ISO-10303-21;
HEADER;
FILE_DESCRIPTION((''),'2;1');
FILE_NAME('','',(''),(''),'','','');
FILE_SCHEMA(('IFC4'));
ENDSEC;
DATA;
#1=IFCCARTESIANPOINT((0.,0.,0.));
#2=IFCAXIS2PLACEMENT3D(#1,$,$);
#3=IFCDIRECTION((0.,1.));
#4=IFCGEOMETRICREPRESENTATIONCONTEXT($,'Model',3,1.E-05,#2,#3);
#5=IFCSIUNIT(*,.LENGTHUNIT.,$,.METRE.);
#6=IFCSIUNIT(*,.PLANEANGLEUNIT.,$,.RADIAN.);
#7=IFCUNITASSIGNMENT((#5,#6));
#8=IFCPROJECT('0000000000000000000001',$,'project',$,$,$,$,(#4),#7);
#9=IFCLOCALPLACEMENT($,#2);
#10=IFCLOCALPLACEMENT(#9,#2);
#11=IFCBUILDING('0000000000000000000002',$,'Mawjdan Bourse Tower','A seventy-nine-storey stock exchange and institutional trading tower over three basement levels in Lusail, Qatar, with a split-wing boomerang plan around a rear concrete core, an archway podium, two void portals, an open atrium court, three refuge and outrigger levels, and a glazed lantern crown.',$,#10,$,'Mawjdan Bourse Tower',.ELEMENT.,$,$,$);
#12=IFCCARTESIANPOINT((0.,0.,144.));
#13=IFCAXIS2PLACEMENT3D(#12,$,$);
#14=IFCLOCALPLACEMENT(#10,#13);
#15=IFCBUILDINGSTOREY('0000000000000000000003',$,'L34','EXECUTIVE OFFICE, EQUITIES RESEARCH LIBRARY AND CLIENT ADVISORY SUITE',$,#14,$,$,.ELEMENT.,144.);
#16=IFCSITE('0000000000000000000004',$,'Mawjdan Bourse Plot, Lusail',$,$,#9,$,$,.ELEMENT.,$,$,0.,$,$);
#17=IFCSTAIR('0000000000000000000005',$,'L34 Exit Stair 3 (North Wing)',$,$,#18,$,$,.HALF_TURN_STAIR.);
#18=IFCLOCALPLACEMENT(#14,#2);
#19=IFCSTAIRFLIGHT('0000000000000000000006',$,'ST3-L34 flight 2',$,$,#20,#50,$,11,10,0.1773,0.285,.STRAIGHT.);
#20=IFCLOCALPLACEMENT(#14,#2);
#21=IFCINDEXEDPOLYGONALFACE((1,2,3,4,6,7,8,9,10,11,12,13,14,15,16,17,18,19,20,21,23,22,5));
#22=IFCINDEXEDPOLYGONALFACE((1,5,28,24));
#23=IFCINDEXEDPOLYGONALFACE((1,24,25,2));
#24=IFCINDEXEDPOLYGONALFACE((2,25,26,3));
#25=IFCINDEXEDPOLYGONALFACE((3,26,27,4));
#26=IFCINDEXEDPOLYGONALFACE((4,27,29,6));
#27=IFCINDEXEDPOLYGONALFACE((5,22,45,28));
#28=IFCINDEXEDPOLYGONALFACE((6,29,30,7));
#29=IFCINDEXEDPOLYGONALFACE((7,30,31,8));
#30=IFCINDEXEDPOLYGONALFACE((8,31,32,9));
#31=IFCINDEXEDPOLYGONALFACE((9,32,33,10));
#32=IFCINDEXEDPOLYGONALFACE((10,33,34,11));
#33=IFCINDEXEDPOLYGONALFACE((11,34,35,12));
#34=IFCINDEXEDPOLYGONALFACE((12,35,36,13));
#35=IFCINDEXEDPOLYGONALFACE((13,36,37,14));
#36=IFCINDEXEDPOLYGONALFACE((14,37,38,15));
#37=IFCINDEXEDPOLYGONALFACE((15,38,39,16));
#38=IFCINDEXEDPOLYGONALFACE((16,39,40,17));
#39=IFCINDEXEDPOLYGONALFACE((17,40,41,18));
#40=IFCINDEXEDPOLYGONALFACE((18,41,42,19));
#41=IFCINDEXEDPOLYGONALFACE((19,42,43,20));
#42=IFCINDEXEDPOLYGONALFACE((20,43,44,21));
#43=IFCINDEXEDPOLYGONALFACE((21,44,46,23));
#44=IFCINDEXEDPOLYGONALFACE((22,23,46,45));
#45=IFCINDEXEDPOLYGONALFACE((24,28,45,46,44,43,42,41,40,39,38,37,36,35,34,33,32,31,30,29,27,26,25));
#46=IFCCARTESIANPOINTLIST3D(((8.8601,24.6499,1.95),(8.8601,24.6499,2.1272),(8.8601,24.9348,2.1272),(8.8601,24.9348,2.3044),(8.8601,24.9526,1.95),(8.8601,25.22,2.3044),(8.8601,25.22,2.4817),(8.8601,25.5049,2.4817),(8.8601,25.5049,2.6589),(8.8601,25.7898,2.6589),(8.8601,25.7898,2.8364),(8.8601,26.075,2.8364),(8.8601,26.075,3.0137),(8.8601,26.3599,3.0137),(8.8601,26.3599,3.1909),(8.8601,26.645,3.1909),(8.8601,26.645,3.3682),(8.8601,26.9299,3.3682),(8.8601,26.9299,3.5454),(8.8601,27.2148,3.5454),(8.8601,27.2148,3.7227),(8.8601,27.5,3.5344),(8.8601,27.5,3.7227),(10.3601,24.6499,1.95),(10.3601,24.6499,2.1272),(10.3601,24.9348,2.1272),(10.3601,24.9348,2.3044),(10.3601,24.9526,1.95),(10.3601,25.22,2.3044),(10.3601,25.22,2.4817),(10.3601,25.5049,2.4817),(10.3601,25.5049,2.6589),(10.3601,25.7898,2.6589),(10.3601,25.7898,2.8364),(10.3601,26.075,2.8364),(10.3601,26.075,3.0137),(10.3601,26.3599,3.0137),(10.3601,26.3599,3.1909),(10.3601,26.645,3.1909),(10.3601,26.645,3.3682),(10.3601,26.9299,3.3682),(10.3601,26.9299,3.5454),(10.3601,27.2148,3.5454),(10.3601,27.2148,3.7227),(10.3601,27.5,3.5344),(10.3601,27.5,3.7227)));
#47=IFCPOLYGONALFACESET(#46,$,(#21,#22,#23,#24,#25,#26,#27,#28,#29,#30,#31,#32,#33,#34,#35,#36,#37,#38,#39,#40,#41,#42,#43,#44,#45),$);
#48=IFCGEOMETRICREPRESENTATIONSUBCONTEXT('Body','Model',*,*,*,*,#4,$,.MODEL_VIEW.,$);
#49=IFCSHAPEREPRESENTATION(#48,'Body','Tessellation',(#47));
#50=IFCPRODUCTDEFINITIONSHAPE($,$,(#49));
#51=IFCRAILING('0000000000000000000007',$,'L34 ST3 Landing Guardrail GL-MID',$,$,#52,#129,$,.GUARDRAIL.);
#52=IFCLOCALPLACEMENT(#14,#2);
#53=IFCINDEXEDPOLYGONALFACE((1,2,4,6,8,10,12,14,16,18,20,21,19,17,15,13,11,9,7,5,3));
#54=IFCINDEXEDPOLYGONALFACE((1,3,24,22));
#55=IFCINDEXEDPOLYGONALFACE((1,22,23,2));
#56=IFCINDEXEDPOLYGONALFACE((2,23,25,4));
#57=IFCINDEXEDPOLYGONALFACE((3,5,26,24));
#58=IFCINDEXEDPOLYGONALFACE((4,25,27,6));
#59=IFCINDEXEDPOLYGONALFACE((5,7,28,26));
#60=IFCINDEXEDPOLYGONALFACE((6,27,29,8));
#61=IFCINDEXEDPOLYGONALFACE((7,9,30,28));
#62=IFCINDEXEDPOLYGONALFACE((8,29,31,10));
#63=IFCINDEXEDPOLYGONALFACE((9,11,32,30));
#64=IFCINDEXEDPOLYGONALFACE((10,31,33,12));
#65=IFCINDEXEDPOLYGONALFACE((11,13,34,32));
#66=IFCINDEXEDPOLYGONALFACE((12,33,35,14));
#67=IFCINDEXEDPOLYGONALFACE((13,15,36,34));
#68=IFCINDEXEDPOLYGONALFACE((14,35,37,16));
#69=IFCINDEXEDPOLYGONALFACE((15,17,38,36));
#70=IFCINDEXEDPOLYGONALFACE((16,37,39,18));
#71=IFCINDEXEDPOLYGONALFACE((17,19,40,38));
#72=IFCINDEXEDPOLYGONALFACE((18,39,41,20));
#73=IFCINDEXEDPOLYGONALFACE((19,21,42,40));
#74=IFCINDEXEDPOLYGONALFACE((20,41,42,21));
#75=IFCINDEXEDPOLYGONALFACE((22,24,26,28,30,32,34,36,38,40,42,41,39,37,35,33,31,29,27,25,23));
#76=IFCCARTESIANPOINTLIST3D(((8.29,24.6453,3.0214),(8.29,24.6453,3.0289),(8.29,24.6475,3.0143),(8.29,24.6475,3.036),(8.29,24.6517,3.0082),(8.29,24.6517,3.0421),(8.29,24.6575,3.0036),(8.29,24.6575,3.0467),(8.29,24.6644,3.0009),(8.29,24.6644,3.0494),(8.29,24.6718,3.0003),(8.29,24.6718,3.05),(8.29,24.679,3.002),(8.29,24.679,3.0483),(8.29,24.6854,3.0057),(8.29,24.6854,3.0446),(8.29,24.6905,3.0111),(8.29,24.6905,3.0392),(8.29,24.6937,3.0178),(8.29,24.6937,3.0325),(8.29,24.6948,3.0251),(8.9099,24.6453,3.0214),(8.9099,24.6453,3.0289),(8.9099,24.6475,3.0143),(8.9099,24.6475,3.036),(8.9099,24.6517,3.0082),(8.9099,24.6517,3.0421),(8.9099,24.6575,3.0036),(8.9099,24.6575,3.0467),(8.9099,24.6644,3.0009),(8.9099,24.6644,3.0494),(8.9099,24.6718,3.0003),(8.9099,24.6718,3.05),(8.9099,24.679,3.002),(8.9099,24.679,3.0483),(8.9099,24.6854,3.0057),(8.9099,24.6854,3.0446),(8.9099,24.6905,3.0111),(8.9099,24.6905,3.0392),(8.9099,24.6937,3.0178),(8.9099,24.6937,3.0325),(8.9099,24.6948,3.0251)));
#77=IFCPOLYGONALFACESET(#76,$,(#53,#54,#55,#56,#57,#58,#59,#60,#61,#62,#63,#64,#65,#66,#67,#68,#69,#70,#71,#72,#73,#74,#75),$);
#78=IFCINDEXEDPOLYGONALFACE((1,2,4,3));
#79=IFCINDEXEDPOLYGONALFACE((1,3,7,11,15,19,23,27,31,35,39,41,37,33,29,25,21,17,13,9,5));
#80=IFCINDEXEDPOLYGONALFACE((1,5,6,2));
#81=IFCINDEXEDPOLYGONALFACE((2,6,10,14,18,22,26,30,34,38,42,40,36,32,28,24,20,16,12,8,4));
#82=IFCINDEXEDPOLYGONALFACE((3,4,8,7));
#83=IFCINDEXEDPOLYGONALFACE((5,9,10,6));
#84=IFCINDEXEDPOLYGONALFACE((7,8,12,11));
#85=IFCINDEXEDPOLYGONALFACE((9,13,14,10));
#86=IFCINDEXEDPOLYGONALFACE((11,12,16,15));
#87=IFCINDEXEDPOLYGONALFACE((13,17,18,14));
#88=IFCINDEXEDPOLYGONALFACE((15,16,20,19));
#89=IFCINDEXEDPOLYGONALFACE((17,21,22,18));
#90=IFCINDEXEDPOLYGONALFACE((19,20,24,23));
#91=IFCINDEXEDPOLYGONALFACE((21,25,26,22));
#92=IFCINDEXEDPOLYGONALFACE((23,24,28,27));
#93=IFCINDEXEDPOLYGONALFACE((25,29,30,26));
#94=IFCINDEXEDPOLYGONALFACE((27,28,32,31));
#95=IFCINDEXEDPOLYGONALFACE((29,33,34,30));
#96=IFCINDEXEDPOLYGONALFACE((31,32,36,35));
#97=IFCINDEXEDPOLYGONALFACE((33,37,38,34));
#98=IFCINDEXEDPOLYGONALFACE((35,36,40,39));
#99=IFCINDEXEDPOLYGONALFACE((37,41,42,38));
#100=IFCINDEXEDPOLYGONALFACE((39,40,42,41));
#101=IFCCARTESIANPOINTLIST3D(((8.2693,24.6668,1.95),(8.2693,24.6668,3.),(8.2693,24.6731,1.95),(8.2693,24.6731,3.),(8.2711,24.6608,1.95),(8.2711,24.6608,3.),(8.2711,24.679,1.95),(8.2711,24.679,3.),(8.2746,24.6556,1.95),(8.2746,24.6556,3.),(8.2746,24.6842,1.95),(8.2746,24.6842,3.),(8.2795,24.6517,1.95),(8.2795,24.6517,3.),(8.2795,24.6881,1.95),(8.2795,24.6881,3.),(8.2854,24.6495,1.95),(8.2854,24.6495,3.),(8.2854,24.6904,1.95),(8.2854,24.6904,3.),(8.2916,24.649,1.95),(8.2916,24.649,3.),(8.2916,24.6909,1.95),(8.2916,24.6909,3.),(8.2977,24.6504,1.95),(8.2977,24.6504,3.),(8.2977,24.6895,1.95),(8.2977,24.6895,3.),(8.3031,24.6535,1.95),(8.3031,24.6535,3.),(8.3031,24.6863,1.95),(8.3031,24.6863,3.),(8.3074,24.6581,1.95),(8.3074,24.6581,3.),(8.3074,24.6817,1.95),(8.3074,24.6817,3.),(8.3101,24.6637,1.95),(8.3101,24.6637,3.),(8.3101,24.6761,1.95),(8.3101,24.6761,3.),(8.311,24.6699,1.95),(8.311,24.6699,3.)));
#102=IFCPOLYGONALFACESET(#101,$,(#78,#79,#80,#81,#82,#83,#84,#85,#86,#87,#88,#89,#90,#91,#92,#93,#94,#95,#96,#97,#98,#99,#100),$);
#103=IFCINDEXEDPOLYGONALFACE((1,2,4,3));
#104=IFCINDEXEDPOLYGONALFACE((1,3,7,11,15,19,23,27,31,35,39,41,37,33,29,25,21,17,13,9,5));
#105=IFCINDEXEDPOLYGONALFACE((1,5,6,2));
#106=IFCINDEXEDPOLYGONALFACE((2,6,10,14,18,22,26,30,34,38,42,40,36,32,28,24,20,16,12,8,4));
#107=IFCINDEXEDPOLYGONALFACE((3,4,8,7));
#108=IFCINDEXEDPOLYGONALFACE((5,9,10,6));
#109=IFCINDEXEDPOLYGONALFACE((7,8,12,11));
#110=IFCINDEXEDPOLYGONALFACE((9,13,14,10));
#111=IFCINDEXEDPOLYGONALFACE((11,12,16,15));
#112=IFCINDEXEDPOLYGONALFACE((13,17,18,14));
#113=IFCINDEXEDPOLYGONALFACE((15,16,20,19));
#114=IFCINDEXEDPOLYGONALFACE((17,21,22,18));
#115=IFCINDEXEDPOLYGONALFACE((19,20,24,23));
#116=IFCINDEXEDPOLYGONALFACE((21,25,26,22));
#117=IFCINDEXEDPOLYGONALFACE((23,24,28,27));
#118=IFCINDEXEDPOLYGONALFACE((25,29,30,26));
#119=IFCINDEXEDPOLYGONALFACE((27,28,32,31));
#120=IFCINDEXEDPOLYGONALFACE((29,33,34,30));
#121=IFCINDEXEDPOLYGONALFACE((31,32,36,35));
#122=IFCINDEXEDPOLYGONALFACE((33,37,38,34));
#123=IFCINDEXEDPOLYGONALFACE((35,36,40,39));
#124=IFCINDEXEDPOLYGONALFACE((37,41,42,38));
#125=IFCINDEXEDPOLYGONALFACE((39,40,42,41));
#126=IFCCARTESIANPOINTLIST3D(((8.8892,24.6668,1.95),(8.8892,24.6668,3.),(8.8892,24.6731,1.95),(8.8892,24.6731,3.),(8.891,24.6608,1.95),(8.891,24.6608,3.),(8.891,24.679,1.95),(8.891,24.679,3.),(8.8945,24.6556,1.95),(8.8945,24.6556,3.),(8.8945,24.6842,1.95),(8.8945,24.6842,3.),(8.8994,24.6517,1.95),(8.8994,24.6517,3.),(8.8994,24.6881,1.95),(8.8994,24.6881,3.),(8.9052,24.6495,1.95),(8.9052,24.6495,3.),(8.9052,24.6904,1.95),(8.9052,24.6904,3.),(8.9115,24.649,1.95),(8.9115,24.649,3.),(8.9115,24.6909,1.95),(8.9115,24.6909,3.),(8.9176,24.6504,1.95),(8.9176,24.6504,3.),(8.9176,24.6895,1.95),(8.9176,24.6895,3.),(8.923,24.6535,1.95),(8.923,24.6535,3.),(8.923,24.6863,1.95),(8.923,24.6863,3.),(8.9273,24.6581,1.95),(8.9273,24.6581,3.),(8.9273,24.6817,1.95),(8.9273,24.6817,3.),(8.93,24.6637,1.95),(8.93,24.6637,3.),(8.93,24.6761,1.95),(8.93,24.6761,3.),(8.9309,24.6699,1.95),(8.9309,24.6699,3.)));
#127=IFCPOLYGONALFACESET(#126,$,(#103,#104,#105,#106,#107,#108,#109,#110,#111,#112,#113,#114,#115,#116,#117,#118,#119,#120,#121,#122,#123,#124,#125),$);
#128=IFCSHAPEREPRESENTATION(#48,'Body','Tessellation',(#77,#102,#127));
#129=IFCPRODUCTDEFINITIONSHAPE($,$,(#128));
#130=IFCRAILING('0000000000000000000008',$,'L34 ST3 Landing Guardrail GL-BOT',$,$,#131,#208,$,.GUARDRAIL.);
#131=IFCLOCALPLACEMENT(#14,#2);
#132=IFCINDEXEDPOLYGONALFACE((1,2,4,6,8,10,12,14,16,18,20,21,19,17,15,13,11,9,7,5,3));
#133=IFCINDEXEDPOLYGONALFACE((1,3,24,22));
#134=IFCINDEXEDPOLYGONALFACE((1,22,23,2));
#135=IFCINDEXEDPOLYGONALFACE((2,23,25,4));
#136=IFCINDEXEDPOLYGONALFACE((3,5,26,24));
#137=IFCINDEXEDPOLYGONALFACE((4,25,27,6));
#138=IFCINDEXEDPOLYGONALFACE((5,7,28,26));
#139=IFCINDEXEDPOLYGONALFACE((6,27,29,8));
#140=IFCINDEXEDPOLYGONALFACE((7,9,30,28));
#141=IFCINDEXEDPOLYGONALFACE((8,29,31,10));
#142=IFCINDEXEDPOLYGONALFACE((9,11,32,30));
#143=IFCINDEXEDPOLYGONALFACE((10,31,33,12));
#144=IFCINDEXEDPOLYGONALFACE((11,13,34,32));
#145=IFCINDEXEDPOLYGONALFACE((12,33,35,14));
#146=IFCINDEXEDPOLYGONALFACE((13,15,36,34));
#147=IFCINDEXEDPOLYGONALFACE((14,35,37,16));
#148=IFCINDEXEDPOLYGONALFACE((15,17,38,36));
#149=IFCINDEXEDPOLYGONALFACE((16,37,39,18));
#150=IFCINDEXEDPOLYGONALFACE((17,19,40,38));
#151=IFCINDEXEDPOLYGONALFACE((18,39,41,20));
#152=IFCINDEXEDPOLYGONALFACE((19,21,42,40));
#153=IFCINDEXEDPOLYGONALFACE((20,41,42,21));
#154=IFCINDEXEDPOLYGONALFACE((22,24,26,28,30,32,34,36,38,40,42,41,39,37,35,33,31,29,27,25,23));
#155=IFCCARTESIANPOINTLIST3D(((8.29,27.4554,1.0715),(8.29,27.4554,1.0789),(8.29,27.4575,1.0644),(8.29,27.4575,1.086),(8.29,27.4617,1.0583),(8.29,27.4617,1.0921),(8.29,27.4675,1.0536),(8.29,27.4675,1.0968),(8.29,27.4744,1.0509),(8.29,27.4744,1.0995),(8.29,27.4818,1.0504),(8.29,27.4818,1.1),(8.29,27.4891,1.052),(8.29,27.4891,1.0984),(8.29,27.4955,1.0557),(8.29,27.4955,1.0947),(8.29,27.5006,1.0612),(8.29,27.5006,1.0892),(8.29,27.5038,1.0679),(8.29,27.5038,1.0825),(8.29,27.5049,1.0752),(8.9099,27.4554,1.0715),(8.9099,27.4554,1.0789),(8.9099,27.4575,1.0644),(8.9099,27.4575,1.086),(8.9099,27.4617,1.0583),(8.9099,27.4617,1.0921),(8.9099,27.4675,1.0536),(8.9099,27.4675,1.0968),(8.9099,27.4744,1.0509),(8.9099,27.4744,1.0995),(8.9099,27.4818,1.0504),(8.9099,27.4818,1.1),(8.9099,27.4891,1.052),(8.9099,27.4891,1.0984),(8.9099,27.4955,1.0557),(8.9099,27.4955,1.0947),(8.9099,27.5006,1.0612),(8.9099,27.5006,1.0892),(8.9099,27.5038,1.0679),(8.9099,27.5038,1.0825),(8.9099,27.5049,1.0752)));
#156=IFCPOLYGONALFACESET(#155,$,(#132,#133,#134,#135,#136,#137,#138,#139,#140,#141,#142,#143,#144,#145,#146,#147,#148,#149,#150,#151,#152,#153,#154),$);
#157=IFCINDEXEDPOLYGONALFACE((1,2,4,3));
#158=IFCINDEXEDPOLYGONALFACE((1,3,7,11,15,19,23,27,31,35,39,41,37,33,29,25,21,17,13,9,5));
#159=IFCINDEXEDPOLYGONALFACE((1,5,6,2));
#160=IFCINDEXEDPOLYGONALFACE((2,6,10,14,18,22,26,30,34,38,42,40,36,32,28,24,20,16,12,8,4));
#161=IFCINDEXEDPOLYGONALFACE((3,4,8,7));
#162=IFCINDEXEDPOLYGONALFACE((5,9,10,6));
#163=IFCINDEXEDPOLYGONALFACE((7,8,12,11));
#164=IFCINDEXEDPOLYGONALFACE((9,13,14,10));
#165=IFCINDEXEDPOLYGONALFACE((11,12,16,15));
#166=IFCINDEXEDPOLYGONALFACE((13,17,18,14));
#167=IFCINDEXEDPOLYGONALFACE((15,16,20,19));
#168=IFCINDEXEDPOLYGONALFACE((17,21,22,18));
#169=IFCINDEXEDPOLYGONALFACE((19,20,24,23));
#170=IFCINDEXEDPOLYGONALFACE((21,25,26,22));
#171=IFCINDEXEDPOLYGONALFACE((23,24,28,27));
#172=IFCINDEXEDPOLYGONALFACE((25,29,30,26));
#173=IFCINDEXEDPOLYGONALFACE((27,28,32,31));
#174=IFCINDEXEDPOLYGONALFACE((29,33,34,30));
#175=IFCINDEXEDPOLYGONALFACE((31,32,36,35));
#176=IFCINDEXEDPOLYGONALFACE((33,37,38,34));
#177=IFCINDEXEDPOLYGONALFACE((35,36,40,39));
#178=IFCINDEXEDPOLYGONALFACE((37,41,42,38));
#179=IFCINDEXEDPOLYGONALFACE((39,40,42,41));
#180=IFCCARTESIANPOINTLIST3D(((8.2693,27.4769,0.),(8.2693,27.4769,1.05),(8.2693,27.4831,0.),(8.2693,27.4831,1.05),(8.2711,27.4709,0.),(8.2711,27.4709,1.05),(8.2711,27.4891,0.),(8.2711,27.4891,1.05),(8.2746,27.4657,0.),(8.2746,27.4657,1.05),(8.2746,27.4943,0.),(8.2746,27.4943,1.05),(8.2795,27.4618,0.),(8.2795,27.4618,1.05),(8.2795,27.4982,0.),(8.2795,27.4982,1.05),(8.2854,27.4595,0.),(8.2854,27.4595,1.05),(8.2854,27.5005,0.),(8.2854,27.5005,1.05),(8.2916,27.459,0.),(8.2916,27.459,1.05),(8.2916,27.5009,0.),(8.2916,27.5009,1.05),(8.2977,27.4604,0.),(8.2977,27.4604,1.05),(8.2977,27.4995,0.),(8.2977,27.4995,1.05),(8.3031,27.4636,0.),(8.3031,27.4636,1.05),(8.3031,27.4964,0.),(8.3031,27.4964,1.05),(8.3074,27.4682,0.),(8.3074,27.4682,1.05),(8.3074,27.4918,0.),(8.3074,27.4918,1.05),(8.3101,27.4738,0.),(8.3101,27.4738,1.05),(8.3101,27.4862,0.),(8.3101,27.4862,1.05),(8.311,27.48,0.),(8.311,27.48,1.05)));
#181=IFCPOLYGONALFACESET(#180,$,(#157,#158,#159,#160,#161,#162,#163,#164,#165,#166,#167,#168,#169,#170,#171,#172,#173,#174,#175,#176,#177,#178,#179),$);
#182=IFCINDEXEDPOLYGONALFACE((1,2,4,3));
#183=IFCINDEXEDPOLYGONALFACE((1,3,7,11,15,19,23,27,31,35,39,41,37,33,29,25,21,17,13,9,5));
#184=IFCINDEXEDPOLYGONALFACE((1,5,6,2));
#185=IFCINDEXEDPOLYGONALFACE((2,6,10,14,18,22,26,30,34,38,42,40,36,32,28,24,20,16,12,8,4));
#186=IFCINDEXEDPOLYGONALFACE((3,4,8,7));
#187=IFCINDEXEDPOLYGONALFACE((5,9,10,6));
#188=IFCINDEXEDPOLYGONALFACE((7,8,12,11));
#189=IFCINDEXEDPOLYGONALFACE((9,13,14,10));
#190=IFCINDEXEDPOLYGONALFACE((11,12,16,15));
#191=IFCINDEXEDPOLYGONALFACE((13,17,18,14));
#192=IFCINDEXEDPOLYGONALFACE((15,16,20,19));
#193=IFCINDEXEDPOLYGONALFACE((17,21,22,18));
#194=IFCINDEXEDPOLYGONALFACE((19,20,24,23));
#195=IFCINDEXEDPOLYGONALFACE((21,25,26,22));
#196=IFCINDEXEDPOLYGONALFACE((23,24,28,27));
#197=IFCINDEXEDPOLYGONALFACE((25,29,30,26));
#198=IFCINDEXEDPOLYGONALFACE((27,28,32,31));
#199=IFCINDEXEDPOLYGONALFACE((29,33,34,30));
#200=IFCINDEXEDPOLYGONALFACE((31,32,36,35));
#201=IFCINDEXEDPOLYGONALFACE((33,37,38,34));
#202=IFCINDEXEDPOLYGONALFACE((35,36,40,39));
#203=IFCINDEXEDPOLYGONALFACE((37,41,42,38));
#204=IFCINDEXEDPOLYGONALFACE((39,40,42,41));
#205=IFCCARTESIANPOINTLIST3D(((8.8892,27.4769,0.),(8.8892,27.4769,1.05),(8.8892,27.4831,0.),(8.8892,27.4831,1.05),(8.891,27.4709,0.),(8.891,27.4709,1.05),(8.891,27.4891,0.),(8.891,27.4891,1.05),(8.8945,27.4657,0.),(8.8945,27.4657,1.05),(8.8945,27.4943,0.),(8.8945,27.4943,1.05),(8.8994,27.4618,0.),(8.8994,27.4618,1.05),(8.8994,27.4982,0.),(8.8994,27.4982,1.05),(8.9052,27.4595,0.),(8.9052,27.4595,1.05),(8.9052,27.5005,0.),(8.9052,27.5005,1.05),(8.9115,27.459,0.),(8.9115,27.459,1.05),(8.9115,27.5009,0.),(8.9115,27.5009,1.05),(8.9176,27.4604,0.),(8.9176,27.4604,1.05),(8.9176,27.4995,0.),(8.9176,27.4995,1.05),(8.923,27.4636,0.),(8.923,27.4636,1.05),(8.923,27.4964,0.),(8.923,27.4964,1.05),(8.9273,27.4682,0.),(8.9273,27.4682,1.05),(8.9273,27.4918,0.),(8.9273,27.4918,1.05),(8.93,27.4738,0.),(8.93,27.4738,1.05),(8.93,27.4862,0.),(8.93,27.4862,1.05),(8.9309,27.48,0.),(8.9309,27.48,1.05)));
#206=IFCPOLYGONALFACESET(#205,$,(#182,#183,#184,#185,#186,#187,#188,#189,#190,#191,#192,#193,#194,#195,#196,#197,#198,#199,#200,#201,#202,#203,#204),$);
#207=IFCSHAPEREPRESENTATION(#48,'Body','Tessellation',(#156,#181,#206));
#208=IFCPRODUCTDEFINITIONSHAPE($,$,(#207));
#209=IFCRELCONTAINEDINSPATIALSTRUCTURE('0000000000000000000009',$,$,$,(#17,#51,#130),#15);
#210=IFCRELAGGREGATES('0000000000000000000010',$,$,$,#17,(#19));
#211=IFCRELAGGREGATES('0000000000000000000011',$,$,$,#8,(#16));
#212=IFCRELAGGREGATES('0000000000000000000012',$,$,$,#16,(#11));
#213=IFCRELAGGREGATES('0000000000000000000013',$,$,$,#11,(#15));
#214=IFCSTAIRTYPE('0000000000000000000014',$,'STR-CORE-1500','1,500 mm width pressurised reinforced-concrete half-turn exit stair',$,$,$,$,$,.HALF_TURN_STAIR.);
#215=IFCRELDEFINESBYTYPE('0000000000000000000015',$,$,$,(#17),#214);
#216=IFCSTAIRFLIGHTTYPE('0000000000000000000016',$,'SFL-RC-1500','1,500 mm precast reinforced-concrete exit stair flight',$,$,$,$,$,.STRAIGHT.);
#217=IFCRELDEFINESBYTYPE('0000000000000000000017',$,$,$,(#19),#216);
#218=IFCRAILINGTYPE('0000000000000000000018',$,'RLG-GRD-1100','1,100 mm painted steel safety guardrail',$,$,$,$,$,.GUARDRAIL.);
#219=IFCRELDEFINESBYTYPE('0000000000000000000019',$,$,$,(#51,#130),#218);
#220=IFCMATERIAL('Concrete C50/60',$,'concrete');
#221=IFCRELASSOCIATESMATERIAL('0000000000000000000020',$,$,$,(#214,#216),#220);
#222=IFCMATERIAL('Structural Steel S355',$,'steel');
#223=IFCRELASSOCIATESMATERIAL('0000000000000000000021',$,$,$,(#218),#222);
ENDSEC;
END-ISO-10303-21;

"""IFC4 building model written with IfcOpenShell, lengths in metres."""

from ifc_helpers import new_model, si_unit, direction, frame, origin, origin_2d, place, context, subcontext, project, spatial, polyline, circle, outline, extrude, material, type_object, element, aggregate, save


model = new_model("IFC4")

# Units and contexts
model_context = context("Model", 3, precision=1e-05, world=origin(), true_north=direction((0.0, 1.0)))
body_context = subcontext(model_context, "Body", "Model", "MODEL_VIEW")
ifc_project = project(units=[si_unit("LENGTHUNIT", "METRE"), si_unit("PLANEANGLEUNIT", "RADIAN")], contexts=[model_context])

# Site, building, storey
site_placement = place(None, origin())
site = spatial("IfcSite", under=ifc_project, at=site_placement, Name="Mawjdan Bourse Plot, Lusail", CompositionType="ELEMENT", RefElevation=0.0)
building_placement = place(site_placement, origin())
building = spatial("IfcBuilding", under=site, at=building_placement, Name="Mawjdan Bourse Tower", Description="A seventy-nine-storey stock exchange and institutional trading tower over three basement levels in Lusail, Qatar, with a split-wing boomerang plan around a rear concrete core, an archway podium, two void portals, an open atrium court, three refuge and outrigger levels, and a glazed lantern crown.", LongName="Mawjdan Bourse Tower", CompositionType="ELEMENT")
storey_placement = place(building_placement, frame((0.0, 0.0, 144.0)))
storey = spatial("IfcBuildingStorey", under=building, at=storey_placement, Name="L34", Description="EXECUTIVE OFFICE, EQUITIES RESEARCH LIBRARY AND CLIENT ADVISORY SUITE", CompositionType="ELEMENT", Elevation=144.0)

# Shared definitions
ifc_material_1 = material(Name="Structural Steel S355", Category="steel")

# Shared definitions
ifc_material_2 = material(Name="Concrete C50/60", Category="concrete")

# Stair, stair flight
stair_type = type_object("IfcStairType", Name="STR-CORE-1500", Description="1,500 mm width pressurised reinforced-concrete half-turn exit stair", PredefinedType="HALF_TURN_STAIR", material=ifc_material_2)
stair_placement = place(storey_placement, origin())
stair = element("IfcStair", 1, at=stair_placement, inside=storey, type_object=stair_type, Name="L34 Exit Stair 3 (North Wing)", PredefinedType="HALF_TURN_STAIR")
stair_flight_type = type_object("IfcStairFlightType", Name="SFL-RC-1500", Description="1,500 mm precast reinforced-concrete exit stair flight", PredefinedType="STRAIGHT", material=ifc_material_2)
stair_flight_1_placement = place(storey_placement, frame((9.6101, 24.6499, 1.95), z_axis=(0.0, 0.0, 1.0), x_axis=(0.0, 1.0, 0.0)))
stair_flight_1 = element("IfcStairFlight", 2, at=stair_flight_1_placement, type_object=stair_flight_type, Name="ST3-L34 flight 2", NumberOfRisers=11, NumberOfTreads=10, PredefinedType="STRAIGHT", RiserHeight=0.1773, TreadLength=0.285, context=body_context, shape_type="SweptSolid", body=[
    extrude(outline(polyline([(0.0, 0.0), (0.0, 0.1772), (0.2849, 0.1772), (0.2849, 0.3545), (0.5701, 0.3545), (0.5701, 0.5317), (0.855, 0.5317), (0.855, 0.709), (1.1399, 0.709), (1.1399, 0.8865), (1.425, 0.8865), (1.425, 1.0637), (1.71, 1.0637), (1.71, 1.241), (1.9951, 1.241), (1.9951, 1.4182), (2.28, 1.4182), (2.28, 1.5955), (2.5649, 1.5955), (2.5649, 1.7727), (2.8501, 1.7727), (2.8501, 1.95), (2.8501, 1.5845), (0.3027, 0.0), (0.0, 0.0)])), frame((0.0, 0.75, 0.0), z_axis=(0.0, -1.0, 0.0), x_axis=(1.0, 0.0, 0.0)), (0.0, 0.0, 1.0), 1.5),
])
aggregate(stair, [stair_flight_1])

# Railings
railing_type_1 = type_object("IfcRailingType", Name="RLG-GRD-1100", Description="1,100 mm painted steel safety guardrail", PredefinedType="GUARDRAIL", material=ifc_material_1)
for number, where, name in (
    (3, (8.29, 24.6699, 1.95), "L34 ST3 Landing Guardrail GL-MID"),
    (4, (8.29, 27.48, 0.0), "L34 ST3 Landing Guardrail GL-BOT"),
):
    element("IfcRailing", number, at=place(storey_placement, frame(where)), inside=storey, type_object=railing_type_1, Name=name, PredefinedType="GUARDRAIL", context=body_context, shape_type="SweptSolid", body=[
        extrude(circle(Radius=0.0249, at=origin_2d()), frame((0.0, 0.0, 1.0752), z_axis=(1.0, 0.0, 0.0), x_axis=(0.0, 1.0, 0.0)), (0.0, 0.0, 1.0), 0.6199),
        extrude(circle(Radius=0.021, at=origin_2d()), origin(), (0.0, 0.0, 1.0), 1.05),
        extrude(circle(Radius=0.021, at=origin_2d()), frame((0.6199, 0.0, 0.0)), (0.0, 0.0, 1.0), 1.05),
    ])

save(model, "model.ifc")
